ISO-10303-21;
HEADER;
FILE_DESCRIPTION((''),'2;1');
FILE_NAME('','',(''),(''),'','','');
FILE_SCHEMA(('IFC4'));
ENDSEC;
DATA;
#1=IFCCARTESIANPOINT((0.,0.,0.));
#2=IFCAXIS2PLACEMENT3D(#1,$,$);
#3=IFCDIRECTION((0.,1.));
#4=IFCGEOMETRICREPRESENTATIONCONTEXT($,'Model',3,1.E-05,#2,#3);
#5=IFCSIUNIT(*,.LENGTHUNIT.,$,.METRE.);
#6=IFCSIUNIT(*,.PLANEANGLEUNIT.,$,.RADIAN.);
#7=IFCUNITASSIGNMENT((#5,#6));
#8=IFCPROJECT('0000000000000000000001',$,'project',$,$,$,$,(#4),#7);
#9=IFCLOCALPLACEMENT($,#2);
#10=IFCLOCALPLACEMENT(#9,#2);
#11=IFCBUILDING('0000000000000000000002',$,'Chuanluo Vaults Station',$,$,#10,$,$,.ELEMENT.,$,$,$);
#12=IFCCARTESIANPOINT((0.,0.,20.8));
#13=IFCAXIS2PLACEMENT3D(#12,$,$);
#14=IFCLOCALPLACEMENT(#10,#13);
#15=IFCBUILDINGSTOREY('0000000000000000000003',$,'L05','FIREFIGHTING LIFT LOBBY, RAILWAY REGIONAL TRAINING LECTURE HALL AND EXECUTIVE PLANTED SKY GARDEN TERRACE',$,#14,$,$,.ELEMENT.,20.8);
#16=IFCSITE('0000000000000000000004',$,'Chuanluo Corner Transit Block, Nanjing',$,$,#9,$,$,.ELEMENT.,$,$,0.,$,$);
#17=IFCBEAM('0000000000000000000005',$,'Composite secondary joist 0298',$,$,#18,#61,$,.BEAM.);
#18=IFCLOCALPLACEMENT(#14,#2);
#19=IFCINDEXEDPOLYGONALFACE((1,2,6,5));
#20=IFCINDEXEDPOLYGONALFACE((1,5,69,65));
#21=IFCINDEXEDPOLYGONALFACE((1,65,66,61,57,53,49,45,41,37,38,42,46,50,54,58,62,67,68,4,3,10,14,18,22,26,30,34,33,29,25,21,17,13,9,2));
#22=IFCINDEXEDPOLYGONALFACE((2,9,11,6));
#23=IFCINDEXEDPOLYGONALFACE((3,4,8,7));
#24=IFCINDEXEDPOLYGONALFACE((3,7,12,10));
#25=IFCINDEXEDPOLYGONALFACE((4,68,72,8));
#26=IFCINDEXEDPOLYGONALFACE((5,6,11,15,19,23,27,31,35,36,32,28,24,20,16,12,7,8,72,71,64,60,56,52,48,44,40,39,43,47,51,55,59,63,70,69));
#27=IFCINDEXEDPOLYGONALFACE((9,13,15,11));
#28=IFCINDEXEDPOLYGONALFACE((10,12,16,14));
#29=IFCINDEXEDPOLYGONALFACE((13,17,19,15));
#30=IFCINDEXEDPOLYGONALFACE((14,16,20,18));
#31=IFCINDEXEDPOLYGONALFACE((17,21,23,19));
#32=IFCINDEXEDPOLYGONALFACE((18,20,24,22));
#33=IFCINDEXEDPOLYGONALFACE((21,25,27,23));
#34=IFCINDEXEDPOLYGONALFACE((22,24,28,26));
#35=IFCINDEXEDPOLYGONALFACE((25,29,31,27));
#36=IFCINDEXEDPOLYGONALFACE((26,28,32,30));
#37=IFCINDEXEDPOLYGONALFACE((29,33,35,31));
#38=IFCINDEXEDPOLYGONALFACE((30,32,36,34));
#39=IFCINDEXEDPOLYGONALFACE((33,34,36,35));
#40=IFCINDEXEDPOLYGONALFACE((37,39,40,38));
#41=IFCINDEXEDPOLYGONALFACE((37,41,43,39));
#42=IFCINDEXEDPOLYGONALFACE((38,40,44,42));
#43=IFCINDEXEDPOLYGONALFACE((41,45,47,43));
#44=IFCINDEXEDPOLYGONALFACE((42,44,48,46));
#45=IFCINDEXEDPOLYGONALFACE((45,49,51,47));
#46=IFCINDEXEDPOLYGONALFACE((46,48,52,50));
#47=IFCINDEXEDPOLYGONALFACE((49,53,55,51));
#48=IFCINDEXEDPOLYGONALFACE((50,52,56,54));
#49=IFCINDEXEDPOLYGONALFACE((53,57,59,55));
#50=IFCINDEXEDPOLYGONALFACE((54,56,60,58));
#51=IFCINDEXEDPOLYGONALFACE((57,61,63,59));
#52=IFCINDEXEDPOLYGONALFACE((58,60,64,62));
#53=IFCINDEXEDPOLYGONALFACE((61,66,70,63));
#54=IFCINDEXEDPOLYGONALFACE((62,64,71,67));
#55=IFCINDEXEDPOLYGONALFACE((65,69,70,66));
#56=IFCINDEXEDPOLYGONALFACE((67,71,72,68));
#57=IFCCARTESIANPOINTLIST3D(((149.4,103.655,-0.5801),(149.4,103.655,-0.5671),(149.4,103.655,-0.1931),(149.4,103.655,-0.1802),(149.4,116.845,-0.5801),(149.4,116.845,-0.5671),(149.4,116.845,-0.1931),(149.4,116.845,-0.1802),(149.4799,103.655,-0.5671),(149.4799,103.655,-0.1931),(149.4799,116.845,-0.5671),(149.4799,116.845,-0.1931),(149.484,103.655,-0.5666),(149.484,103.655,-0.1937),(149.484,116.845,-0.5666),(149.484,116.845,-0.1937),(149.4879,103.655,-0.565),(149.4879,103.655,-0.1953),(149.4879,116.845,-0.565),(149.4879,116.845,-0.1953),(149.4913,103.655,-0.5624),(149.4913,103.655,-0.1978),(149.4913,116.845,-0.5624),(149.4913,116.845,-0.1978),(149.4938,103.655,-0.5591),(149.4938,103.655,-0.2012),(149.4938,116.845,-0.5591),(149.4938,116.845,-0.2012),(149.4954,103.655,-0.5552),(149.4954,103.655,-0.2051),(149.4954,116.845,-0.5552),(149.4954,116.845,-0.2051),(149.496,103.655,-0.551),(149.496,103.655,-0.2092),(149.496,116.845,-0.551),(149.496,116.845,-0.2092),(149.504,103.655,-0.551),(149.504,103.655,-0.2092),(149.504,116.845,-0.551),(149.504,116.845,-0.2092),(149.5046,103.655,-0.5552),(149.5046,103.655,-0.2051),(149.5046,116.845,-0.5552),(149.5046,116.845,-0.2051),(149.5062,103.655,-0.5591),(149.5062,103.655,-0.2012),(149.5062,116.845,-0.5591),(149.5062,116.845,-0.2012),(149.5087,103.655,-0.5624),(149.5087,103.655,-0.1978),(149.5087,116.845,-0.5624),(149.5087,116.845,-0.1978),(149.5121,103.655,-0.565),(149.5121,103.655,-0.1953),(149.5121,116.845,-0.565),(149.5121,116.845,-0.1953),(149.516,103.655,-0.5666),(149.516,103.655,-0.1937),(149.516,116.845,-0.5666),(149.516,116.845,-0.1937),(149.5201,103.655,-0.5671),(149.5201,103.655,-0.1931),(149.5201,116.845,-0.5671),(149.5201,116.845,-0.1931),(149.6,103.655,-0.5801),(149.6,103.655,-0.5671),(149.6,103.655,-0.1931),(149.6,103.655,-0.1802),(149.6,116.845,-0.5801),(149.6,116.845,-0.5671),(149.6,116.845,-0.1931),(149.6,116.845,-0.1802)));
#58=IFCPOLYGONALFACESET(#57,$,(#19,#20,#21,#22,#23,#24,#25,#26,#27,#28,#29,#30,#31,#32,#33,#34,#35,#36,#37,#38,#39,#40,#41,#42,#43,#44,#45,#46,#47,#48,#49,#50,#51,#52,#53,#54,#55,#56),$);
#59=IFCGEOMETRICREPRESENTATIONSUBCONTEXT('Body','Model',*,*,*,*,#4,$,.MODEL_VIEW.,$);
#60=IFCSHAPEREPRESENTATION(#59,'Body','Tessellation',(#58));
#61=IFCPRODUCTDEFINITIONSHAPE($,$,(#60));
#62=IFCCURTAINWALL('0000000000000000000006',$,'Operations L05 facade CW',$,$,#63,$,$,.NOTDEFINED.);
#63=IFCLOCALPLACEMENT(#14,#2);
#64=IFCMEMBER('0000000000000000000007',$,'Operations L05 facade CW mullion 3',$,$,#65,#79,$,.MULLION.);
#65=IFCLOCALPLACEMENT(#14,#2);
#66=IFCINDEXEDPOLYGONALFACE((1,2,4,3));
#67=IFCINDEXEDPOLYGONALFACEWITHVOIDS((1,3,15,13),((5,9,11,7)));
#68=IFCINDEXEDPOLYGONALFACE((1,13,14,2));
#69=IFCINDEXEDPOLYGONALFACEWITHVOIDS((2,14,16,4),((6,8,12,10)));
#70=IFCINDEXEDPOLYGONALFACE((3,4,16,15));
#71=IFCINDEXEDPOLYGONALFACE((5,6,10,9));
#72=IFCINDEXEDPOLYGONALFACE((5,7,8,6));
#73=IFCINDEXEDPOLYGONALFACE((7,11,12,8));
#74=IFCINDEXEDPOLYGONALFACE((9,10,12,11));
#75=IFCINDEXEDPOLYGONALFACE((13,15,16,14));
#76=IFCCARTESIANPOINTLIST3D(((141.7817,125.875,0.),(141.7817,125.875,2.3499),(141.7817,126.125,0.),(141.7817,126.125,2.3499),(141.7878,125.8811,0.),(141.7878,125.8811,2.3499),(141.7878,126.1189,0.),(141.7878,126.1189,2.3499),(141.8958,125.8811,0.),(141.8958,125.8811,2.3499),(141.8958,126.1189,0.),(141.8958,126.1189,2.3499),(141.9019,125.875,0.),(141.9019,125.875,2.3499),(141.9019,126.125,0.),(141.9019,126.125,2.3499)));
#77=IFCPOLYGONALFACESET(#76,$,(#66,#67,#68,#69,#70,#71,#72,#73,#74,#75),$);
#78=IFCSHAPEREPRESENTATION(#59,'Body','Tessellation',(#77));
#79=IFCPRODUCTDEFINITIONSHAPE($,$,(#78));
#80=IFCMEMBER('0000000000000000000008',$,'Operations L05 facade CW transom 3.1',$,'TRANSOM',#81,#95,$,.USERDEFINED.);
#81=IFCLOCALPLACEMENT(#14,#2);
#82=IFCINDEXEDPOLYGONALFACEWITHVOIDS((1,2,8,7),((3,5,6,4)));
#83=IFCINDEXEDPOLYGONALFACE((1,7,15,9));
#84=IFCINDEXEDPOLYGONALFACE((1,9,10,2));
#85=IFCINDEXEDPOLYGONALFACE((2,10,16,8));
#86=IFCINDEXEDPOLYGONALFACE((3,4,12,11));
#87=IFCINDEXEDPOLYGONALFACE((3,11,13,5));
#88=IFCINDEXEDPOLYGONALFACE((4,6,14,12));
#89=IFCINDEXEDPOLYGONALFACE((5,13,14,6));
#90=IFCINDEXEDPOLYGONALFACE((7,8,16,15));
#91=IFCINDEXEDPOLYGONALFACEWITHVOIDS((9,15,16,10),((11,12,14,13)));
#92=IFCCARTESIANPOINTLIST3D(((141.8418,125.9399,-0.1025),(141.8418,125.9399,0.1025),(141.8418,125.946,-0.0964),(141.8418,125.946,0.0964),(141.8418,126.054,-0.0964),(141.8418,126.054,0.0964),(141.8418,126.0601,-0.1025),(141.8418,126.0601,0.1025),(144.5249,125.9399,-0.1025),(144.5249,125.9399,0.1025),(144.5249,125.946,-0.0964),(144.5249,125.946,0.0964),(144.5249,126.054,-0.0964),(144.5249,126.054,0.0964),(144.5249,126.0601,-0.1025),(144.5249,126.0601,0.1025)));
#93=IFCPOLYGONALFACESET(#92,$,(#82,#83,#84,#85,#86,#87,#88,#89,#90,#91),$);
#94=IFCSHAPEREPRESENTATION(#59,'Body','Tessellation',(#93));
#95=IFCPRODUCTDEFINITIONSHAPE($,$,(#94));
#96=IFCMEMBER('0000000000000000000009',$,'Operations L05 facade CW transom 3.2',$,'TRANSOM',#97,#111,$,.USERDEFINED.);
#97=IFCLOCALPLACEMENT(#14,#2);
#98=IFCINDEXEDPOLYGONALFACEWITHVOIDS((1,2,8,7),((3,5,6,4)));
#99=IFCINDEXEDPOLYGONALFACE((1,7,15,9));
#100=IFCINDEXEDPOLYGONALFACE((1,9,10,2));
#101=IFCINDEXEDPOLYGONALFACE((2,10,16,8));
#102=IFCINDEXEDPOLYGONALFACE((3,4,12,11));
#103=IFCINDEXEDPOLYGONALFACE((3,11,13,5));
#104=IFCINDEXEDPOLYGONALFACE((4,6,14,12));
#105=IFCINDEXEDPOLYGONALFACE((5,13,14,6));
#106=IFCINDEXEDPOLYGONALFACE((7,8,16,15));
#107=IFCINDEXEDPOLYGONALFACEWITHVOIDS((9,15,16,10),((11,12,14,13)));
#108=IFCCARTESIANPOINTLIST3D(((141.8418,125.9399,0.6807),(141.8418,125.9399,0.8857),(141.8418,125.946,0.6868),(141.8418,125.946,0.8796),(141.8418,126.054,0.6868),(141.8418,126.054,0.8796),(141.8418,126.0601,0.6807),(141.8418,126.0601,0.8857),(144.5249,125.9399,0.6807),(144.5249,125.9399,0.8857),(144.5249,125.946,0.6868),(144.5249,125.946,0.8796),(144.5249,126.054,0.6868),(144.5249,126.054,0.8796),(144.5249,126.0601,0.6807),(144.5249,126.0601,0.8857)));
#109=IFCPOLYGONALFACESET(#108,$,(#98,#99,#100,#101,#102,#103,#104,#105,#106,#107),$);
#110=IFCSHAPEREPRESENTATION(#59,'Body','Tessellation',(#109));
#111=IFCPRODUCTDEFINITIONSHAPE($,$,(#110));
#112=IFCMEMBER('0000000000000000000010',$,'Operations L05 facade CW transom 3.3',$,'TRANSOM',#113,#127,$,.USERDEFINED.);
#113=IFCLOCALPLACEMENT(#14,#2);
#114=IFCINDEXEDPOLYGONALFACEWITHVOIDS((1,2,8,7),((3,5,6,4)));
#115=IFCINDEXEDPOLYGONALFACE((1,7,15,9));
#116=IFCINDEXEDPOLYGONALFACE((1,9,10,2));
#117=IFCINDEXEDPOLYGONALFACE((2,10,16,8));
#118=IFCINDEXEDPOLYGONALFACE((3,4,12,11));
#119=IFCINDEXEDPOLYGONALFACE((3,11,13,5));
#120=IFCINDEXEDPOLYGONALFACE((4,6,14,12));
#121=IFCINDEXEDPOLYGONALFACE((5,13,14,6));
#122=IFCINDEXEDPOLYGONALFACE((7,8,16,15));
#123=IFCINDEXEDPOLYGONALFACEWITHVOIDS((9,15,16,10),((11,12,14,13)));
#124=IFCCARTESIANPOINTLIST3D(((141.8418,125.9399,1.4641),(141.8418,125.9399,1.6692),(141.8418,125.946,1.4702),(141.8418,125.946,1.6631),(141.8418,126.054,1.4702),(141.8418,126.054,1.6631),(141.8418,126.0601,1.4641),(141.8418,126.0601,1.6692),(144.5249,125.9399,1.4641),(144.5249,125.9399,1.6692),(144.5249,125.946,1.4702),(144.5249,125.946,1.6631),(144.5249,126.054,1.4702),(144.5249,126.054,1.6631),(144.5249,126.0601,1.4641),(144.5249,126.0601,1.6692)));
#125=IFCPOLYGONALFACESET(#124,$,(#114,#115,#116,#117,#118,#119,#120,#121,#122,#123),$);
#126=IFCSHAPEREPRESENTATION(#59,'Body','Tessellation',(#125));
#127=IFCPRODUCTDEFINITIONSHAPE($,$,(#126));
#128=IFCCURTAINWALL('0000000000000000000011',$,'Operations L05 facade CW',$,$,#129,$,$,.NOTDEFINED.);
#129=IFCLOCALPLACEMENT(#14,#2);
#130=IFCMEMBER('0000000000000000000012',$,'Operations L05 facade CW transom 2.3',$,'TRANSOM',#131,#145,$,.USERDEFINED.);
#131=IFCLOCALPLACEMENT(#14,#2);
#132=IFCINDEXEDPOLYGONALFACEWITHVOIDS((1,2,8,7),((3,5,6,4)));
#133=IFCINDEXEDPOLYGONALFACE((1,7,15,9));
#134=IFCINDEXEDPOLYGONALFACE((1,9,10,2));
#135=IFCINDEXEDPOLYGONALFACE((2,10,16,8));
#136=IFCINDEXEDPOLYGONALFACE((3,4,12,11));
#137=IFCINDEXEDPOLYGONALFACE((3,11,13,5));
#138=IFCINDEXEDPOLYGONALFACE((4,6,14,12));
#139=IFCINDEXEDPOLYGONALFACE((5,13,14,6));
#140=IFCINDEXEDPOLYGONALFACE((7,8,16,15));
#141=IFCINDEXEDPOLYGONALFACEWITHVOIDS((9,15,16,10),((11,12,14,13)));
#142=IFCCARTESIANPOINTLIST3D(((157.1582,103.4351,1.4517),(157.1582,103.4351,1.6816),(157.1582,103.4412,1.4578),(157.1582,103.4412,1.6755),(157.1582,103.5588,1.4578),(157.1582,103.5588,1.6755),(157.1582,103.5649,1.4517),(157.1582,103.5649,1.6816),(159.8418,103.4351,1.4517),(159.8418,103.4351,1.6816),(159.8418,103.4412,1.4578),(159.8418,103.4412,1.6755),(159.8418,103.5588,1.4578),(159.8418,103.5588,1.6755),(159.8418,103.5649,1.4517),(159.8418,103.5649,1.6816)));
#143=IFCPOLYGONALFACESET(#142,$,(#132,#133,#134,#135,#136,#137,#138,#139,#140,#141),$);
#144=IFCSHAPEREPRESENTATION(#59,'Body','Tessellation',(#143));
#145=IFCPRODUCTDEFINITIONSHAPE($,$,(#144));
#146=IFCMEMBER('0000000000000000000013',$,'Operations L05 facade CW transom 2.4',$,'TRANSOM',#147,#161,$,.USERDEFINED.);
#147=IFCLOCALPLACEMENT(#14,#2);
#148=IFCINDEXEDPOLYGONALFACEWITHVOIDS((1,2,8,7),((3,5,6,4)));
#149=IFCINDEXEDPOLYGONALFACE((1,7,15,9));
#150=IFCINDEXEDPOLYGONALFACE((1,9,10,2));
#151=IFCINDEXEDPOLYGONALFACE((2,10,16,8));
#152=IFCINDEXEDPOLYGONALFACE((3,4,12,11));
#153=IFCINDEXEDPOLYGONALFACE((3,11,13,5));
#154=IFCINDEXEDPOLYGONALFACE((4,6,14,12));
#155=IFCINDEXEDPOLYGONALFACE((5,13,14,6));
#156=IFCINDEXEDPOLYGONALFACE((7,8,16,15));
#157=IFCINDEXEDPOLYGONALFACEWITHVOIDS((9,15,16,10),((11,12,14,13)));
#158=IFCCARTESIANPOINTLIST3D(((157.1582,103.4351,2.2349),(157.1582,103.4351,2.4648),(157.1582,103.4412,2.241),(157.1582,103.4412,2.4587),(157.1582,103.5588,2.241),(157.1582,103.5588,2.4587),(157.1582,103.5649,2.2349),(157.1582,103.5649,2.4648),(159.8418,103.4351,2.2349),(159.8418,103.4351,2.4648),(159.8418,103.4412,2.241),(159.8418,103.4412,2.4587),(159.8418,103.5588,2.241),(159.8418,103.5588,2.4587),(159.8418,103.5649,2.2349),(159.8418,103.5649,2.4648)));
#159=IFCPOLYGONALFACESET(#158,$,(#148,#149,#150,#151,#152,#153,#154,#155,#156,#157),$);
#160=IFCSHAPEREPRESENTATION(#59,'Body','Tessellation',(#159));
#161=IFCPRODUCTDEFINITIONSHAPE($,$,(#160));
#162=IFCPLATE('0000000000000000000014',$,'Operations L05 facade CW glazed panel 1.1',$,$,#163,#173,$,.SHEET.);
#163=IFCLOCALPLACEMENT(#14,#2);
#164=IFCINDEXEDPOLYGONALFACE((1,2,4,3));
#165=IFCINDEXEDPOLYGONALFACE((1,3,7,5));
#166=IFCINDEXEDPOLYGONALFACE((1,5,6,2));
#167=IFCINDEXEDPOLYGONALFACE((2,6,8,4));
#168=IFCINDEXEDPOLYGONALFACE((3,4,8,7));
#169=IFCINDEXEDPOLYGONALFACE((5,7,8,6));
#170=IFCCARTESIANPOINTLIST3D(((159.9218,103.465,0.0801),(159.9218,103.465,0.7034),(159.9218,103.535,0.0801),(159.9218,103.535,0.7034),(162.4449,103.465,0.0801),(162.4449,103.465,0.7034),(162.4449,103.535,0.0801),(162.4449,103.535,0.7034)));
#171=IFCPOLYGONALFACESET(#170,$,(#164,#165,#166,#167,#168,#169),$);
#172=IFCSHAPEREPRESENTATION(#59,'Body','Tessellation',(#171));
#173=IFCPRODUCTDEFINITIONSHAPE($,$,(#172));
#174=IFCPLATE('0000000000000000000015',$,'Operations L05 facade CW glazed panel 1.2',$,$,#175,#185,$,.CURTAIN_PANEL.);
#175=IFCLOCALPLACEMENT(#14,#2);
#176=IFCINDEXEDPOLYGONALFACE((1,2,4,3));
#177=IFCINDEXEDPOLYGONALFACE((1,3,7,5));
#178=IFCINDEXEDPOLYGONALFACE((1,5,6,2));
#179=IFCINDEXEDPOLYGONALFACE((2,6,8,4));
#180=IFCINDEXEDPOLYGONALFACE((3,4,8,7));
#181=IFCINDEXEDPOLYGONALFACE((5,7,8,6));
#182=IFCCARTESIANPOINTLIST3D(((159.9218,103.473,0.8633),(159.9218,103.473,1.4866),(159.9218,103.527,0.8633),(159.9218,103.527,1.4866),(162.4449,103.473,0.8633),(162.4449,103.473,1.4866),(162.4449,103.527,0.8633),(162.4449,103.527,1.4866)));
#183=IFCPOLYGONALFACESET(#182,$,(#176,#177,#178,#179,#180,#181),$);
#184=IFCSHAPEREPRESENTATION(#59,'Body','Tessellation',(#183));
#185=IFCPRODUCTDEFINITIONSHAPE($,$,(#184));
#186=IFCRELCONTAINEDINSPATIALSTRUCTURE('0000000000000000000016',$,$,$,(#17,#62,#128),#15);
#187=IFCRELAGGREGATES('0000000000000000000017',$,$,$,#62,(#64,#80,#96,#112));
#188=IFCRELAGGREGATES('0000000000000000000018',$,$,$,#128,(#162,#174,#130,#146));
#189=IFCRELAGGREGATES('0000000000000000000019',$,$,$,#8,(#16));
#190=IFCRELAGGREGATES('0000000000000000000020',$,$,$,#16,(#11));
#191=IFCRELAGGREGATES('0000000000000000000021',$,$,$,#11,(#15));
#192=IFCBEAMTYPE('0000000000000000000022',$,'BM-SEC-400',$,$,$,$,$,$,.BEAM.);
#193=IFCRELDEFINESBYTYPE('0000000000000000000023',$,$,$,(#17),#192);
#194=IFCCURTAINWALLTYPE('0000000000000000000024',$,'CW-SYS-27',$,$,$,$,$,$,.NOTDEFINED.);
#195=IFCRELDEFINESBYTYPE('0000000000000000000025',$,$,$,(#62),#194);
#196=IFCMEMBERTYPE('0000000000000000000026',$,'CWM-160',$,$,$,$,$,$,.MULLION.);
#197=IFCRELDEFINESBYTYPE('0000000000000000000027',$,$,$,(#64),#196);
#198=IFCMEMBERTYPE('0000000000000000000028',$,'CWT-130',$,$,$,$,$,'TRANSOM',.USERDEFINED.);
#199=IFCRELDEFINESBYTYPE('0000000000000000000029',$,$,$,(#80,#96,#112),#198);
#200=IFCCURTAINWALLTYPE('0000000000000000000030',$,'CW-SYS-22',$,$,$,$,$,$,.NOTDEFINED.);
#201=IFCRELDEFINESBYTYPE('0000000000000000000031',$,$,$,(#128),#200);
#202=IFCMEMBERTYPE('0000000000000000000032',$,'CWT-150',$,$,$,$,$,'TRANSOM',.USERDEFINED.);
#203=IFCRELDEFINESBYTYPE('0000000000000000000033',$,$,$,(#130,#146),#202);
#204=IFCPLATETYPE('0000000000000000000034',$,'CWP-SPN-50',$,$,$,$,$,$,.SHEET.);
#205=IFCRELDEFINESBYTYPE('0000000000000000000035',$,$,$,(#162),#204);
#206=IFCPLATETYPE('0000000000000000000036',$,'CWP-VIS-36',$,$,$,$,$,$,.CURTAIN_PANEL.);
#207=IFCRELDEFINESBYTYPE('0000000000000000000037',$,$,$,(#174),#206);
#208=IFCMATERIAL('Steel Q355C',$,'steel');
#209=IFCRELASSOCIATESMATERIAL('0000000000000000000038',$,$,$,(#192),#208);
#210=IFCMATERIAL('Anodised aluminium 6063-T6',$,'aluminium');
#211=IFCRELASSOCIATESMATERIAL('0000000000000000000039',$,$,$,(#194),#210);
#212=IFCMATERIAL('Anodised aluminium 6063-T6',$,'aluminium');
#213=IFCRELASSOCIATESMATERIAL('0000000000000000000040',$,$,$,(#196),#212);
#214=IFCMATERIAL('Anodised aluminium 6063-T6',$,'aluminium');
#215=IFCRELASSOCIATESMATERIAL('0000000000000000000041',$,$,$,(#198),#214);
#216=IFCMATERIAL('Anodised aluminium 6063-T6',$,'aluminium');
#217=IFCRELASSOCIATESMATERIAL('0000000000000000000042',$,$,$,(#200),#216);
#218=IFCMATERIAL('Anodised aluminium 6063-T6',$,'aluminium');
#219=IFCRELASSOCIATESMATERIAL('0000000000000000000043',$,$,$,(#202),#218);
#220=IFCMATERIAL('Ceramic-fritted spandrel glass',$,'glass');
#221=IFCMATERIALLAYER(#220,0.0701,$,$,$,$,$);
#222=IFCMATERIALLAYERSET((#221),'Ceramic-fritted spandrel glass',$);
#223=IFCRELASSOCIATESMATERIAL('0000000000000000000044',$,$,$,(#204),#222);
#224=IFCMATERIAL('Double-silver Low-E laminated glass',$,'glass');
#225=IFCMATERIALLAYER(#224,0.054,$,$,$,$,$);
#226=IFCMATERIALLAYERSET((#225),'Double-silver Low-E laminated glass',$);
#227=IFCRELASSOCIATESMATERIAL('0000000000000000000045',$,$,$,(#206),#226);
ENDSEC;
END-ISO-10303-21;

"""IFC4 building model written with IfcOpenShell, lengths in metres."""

from ifc_helpers import new_model, si_unit, direction, frame, origin, origin_2d, place, context, subcontext, project, spatial, rectangle, hollow_rectangle, i_section, extrude, material, layer, layer_set, material_profile, profile_set, type_object, element, aggregate, save


model = new_model("IFC4")

# Units and contexts
model_context = context("Model", 3, precision=1e-05, world=origin(), true_north=direction((0.0, 1.0)))
body_context = subcontext(model_context, "Body", "Model", "MODEL_VIEW")
ifc_project = project(units=[si_unit("LENGTHUNIT", "METRE"), si_unit("PLANEANGLEUNIT", "RADIAN")], contexts=[model_context])

# Site, building, storey
site_placement = place(None, origin())
site = spatial("IfcSite", under=ifc_project, at=site_placement, Name="Chuanluo Corner Transit Block, Nanjing", CompositionType="ELEMENT", RefElevation=0.0)
building_placement = place(site_placement, origin())
building = spatial("IfcBuilding", under=site, at=building_placement, Name="Chuanluo Vaults Station", CompositionType="ELEMENT")
storey_placement = place(building_placement, frame((0.0, 0.0, 20.8)))
storey = spatial("IfcBuildingStorey", under=building, at=storey_placement, Name="L05", Description="FIREFIGHTING LIFT LOBBY, RAILWAY REGIONAL TRAINING LECTURE HALL AND EXECUTIVE PLANTED SKY GARDEN TERRACE", CompositionType="ELEMENT", Elevation=20.8)

# Beam
ifc_material_1 = material(Name="Steel Q355C", Category="steel")
ifc_material_profile_1 = material_profile(ifc_material_1, i_section(OverallWidth=0.2, OverallDepth=0.3999, WebThickness=0.0081, FlangeThickness=0.0129, FilletRadius=0.0161, at=origin_2d()))
ifc_profile_set_1 = profile_set([ifc_material_profile_1], Name="Steel Q355C")
beam_type_1 = type_object("IfcBeamType", Name="BM-SEC-400", PredefinedType="BEAM", material=ifc_profile_set_1)
beam_placement = place(storey_placement, frame((149.5, 103.655, -0.3801), z_axis=(0.0, 1.0, 0.0), x_axis=(-1.0, 0.0, 0.0)))
element("IfcBeam", 1, at=beam_placement, inside=storey, type_object=beam_type_1, Name="Composite secondary joist 0298", PredefinedType="BEAM", context=body_context, shape_type="SweptSolid", body=[
    extrude(i_section(OverallWidth=0.2, OverallDepth=0.3999, WebThickness=0.0081, FlangeThickness=0.0129, FilletRadius=0.0161, at=origin_2d()), origin(), (0.0, 0.0, 1.0), 13.1899),
])

# Curtain wall, members
ifc_material_2 = material(Name="Anodised aluminium 6063-T6", Category="aluminium")
curtain_wall_type_1 = type_object("IfcCurtainWallType", Name="CW-SYS-27", PredefinedType="NOTDEFINED", material=ifc_material_2)
curtain_wall_1_placement = place(storey_placement, origin())
curtain_wall_1 = element("IfcCurtainWall", 2, at=curtain_wall_1_placement, inside=storey, type_object=curtain_wall_type_1, Name="Operations L05 facade CW", PredefinedType="NOTDEFINED")
ifc_material_3 = material(Name="Anodised aluminium 6063-T6", Category="aluminium")
ifc_material_profile_2 = material_profile(ifc_material_3, hollow_rectangle(XDim=0.1201, YDim=0.25, WallThickness=0.0061, at=origin_2d()))
ifc_profile_set_2 = profile_set([ifc_material_profile_2], Name="Anodised aluminium 6063-T6")
member_type_1 = type_object("IfcMemberType", Name="CWM-160", PredefinedType="MULLION", material=ifc_profile_set_2)
member_1_placement = place(storey_placement, frame((141.8418, 126.0, 0.0), z_axis=(0.0, 0.0, 1.0), x_axis=(1.0, 0.0, 0.0)))
member_1 = element("IfcMember", 3, at=member_1_placement, type_object=member_type_1, Name="Operations L05 facade CW mullion 3", PredefinedType="MULLION", context=body_context, shape_type="SweptSolid", body=[
    extrude(hollow_rectangle(XDim=0.1201, YDim=0.25, WallThickness=0.0061, at=origin_2d()), origin(), (0.0, 0.0, 1.0), 2.3499),
])
ifc_material_4 = material(Name="Anodised aluminium 6063-T6", Category="aluminium")
ifc_material_profile_3 = material_profile(ifc_material_4, hollow_rectangle(XDim=0.1201, YDim=0.2051, WallThickness=0.0061, at=origin_2d()))
ifc_profile_set_3 = profile_set([ifc_material_profile_3], Name="Anodised aluminium 6063-T6")
member_type_2 = type_object("IfcMemberType", Name="CWT-130", ElementType="TRANSOM", PredefinedType="USERDEFINED", material=ifc_profile_set_3)
member_2_placement = place(storey_placement, frame((141.8418, 126.0, 0.0), z_axis=(1.0, 0.0, 0.0), x_axis=(0.0, 1.0, 0.0)))
member_2 = element("IfcMember", 4, at=member_2_placement, type_object=member_type_2, Name="Operations L05 facade CW transom 3.1", ObjectType="TRANSOM", PredefinedType="USERDEFINED", context=body_context, shape_type="SweptSolid", body=[
    extrude(hollow_rectangle(XDim=0.1201, YDim=0.2051, WallThickness=0.0061, at=origin_2d()), origin(), (0.0, 0.0, 1.0), 2.6831),
])
member_3_placement = place(storey_placement, frame((141.8418, 126.0, 0.7832), z_axis=(1.0, 0.0, 0.0), x_axis=(0.0, 1.0, 0.0)))
member_3 = element("IfcMember", 5, at=member_3_placement, type_object=member_type_2, Name="Operations L05 facade CW transom 3.2", ObjectType="TRANSOM", PredefinedType="USERDEFINED", context=body_context, shape_type="SweptSolid", body=[
    extrude(hollow_rectangle(XDim=0.1201, YDim=0.2051, WallThickness=0.0061, at=origin_2d()), origin(), (0.0, 0.0, 1.0), 2.6831),
])
member_4_placement = place(storey_placement, frame((141.8418, 126.0, 1.5667), z_axis=(1.0, 0.0, 0.0), x_axis=(0.0, 1.0, 0.0)))
member_4 = element("IfcMember", 6, at=member_4_placement, type_object=member_type_2, Name="Operations L05 facade CW transom 3.3", ObjectType="TRANSOM", PredefinedType="USERDEFINED", context=body_context, shape_type="SweptSolid", body=[
    extrude(hollow_rectangle(XDim=0.1201, YDim=0.2051, WallThickness=0.0061, at=origin_2d()), origin(), (0.0, 0.0, 1.0), 2.6831),
])
aggregate(curtain_wall_1, [member_1, member_2, member_3, member_4])

# Curtain wall, members, plates
ifc_material_5 = material(Name="Anodised aluminium 6063-T6", Category="aluminium")
curtain_wall_type_2 = type_object("IfcCurtainWallType", Name="CW-SYS-22", PredefinedType="NOTDEFINED", material=ifc_material_5)
curtain_wall_2_placement = place(storey_placement, origin())
curtain_wall_2 = element("IfcCurtainWall", 7, at=curtain_wall_2_placement, inside=storey, type_object=curtain_wall_type_2, Name="Operations L05 facade CW", PredefinedType="NOTDEFINED")
ifc_material_6 = material(Name="Anodised aluminium 6063-T6", Category="aluminium")
ifc_material_profile_4 = material_profile(ifc_material_6, hollow_rectangle(XDim=0.1299, YDim=0.23, WallThickness=0.0061, at=origin_2d()))
ifc_profile_set_4 = profile_set([ifc_material_profile_4], Name="Anodised aluminium 6063-T6")
member_type_3 = type_object("IfcMemberType", Name="CWT-150", ElementType="TRANSOM", PredefinedType="USERDEFINED", material=ifc_profile_set_4)
member_5_placement = place(storey_placement, frame((159.8418, 103.5, 1.5667), z_axis=(-1.0, 0.0, 0.0), x_axis=(0.0, -1.0, 0.0)))
member_5 = element("IfcMember", 8, at=member_5_placement, type_object=member_type_3, Name="Operations L05 facade CW transom 2.3", ObjectType="TRANSOM", PredefinedType="USERDEFINED", context=body_context, shape_type="SweptSolid", body=[
    extrude(hollow_rectangle(XDim=0.1299, YDim=0.23, WallThickness=0.0061, at=origin_2d()), origin(), (0.0, 0.0, 1.0), 2.6836),
])
member_6_placement = place(storey_placement, frame((159.8418, 103.5, 2.3499), z_axis=(-1.0, 0.0, 0.0), x_axis=(0.0, -1.0, 0.0)))
member_6 = element("IfcMember", 9, at=member_6_placement, type_object=member_type_3, Name="Operations L05 facade CW transom 2.4", ObjectType="TRANSOM", PredefinedType="USERDEFINED", context=body_context, shape_type="SweptSolid", body=[
    extrude(hollow_rectangle(XDim=0.1299, YDim=0.23, WallThickness=0.0061, at=origin_2d()), origin(), (0.0, 0.0, 1.0), 2.6836),
])
ifc_material_7 = material(Name="Ceramic-fritted spandrel glass", Category="glass")
ifc_layer_1 = layer(ifc_material_7, 0.0701)
ifc_layer_set_1 = layer_set([ifc_layer_1], Name="Ceramic-fritted spandrel glass")
plate_type_1 = type_object("IfcPlateType", Name="CWP-SPN-50", PredefinedType="SHEET", material=ifc_layer_set_1)
plate_1_placement = place(storey_placement, frame((161.1833, 103.5, 0.0801), z_axis=(0.0, 0.0, 1.0), x_axis=(-1.0, 0.0, 0.0)))
plate_1 = element("IfcPlate", 10, at=plate_1_placement, type_object=plate_type_1, Name="Operations L05 facade CW glazed panel 1.1", PredefinedType="SHEET", context=body_context, shape_type="SweptSolid", body=[
    extrude(rectangle(XDim=2.5232, YDim=0.0701, at=origin_2d()), origin(), (0.0, 0.0, 1.0), 0.6233),
])
ifc_material_8 = material(Name="Double-silver Low-E laminated glass", Category="glass")
ifc_layer_2 = layer(ifc_material_8, 0.054)
ifc_layer_set_2 = layer_set([ifc_layer_2], Name="Double-silver Low-E laminated glass")
plate_type_2 = type_object("IfcPlateType", Name="CWP-VIS-36", PredefinedType="CURTAIN_PANEL", material=ifc_layer_set_2)
plate_2_placement = place(storey_placement, frame((161.1833, 103.5, 0.8633), z_axis=(0.0, 0.0, 1.0), x_axis=(-1.0, 0.0, 0.0)))
plate_2 = element("IfcPlate", 11, at=plate_2_placement, type_object=plate_type_2, Name="Operations L05 facade CW glazed panel 1.2", PredefinedType="CURTAIN_PANEL", context=body_context, shape_type="SweptSolid", body=[
    extrude(rectangle(XDim=2.5232, YDim=0.054, at=origin_2d()), origin(), (0.0, 0.0, 1.0), 0.6233),
])
aggregate(curtain_wall_2, [plate_1, plate_2, member_5, member_6])

save(model, "model.ifc")
